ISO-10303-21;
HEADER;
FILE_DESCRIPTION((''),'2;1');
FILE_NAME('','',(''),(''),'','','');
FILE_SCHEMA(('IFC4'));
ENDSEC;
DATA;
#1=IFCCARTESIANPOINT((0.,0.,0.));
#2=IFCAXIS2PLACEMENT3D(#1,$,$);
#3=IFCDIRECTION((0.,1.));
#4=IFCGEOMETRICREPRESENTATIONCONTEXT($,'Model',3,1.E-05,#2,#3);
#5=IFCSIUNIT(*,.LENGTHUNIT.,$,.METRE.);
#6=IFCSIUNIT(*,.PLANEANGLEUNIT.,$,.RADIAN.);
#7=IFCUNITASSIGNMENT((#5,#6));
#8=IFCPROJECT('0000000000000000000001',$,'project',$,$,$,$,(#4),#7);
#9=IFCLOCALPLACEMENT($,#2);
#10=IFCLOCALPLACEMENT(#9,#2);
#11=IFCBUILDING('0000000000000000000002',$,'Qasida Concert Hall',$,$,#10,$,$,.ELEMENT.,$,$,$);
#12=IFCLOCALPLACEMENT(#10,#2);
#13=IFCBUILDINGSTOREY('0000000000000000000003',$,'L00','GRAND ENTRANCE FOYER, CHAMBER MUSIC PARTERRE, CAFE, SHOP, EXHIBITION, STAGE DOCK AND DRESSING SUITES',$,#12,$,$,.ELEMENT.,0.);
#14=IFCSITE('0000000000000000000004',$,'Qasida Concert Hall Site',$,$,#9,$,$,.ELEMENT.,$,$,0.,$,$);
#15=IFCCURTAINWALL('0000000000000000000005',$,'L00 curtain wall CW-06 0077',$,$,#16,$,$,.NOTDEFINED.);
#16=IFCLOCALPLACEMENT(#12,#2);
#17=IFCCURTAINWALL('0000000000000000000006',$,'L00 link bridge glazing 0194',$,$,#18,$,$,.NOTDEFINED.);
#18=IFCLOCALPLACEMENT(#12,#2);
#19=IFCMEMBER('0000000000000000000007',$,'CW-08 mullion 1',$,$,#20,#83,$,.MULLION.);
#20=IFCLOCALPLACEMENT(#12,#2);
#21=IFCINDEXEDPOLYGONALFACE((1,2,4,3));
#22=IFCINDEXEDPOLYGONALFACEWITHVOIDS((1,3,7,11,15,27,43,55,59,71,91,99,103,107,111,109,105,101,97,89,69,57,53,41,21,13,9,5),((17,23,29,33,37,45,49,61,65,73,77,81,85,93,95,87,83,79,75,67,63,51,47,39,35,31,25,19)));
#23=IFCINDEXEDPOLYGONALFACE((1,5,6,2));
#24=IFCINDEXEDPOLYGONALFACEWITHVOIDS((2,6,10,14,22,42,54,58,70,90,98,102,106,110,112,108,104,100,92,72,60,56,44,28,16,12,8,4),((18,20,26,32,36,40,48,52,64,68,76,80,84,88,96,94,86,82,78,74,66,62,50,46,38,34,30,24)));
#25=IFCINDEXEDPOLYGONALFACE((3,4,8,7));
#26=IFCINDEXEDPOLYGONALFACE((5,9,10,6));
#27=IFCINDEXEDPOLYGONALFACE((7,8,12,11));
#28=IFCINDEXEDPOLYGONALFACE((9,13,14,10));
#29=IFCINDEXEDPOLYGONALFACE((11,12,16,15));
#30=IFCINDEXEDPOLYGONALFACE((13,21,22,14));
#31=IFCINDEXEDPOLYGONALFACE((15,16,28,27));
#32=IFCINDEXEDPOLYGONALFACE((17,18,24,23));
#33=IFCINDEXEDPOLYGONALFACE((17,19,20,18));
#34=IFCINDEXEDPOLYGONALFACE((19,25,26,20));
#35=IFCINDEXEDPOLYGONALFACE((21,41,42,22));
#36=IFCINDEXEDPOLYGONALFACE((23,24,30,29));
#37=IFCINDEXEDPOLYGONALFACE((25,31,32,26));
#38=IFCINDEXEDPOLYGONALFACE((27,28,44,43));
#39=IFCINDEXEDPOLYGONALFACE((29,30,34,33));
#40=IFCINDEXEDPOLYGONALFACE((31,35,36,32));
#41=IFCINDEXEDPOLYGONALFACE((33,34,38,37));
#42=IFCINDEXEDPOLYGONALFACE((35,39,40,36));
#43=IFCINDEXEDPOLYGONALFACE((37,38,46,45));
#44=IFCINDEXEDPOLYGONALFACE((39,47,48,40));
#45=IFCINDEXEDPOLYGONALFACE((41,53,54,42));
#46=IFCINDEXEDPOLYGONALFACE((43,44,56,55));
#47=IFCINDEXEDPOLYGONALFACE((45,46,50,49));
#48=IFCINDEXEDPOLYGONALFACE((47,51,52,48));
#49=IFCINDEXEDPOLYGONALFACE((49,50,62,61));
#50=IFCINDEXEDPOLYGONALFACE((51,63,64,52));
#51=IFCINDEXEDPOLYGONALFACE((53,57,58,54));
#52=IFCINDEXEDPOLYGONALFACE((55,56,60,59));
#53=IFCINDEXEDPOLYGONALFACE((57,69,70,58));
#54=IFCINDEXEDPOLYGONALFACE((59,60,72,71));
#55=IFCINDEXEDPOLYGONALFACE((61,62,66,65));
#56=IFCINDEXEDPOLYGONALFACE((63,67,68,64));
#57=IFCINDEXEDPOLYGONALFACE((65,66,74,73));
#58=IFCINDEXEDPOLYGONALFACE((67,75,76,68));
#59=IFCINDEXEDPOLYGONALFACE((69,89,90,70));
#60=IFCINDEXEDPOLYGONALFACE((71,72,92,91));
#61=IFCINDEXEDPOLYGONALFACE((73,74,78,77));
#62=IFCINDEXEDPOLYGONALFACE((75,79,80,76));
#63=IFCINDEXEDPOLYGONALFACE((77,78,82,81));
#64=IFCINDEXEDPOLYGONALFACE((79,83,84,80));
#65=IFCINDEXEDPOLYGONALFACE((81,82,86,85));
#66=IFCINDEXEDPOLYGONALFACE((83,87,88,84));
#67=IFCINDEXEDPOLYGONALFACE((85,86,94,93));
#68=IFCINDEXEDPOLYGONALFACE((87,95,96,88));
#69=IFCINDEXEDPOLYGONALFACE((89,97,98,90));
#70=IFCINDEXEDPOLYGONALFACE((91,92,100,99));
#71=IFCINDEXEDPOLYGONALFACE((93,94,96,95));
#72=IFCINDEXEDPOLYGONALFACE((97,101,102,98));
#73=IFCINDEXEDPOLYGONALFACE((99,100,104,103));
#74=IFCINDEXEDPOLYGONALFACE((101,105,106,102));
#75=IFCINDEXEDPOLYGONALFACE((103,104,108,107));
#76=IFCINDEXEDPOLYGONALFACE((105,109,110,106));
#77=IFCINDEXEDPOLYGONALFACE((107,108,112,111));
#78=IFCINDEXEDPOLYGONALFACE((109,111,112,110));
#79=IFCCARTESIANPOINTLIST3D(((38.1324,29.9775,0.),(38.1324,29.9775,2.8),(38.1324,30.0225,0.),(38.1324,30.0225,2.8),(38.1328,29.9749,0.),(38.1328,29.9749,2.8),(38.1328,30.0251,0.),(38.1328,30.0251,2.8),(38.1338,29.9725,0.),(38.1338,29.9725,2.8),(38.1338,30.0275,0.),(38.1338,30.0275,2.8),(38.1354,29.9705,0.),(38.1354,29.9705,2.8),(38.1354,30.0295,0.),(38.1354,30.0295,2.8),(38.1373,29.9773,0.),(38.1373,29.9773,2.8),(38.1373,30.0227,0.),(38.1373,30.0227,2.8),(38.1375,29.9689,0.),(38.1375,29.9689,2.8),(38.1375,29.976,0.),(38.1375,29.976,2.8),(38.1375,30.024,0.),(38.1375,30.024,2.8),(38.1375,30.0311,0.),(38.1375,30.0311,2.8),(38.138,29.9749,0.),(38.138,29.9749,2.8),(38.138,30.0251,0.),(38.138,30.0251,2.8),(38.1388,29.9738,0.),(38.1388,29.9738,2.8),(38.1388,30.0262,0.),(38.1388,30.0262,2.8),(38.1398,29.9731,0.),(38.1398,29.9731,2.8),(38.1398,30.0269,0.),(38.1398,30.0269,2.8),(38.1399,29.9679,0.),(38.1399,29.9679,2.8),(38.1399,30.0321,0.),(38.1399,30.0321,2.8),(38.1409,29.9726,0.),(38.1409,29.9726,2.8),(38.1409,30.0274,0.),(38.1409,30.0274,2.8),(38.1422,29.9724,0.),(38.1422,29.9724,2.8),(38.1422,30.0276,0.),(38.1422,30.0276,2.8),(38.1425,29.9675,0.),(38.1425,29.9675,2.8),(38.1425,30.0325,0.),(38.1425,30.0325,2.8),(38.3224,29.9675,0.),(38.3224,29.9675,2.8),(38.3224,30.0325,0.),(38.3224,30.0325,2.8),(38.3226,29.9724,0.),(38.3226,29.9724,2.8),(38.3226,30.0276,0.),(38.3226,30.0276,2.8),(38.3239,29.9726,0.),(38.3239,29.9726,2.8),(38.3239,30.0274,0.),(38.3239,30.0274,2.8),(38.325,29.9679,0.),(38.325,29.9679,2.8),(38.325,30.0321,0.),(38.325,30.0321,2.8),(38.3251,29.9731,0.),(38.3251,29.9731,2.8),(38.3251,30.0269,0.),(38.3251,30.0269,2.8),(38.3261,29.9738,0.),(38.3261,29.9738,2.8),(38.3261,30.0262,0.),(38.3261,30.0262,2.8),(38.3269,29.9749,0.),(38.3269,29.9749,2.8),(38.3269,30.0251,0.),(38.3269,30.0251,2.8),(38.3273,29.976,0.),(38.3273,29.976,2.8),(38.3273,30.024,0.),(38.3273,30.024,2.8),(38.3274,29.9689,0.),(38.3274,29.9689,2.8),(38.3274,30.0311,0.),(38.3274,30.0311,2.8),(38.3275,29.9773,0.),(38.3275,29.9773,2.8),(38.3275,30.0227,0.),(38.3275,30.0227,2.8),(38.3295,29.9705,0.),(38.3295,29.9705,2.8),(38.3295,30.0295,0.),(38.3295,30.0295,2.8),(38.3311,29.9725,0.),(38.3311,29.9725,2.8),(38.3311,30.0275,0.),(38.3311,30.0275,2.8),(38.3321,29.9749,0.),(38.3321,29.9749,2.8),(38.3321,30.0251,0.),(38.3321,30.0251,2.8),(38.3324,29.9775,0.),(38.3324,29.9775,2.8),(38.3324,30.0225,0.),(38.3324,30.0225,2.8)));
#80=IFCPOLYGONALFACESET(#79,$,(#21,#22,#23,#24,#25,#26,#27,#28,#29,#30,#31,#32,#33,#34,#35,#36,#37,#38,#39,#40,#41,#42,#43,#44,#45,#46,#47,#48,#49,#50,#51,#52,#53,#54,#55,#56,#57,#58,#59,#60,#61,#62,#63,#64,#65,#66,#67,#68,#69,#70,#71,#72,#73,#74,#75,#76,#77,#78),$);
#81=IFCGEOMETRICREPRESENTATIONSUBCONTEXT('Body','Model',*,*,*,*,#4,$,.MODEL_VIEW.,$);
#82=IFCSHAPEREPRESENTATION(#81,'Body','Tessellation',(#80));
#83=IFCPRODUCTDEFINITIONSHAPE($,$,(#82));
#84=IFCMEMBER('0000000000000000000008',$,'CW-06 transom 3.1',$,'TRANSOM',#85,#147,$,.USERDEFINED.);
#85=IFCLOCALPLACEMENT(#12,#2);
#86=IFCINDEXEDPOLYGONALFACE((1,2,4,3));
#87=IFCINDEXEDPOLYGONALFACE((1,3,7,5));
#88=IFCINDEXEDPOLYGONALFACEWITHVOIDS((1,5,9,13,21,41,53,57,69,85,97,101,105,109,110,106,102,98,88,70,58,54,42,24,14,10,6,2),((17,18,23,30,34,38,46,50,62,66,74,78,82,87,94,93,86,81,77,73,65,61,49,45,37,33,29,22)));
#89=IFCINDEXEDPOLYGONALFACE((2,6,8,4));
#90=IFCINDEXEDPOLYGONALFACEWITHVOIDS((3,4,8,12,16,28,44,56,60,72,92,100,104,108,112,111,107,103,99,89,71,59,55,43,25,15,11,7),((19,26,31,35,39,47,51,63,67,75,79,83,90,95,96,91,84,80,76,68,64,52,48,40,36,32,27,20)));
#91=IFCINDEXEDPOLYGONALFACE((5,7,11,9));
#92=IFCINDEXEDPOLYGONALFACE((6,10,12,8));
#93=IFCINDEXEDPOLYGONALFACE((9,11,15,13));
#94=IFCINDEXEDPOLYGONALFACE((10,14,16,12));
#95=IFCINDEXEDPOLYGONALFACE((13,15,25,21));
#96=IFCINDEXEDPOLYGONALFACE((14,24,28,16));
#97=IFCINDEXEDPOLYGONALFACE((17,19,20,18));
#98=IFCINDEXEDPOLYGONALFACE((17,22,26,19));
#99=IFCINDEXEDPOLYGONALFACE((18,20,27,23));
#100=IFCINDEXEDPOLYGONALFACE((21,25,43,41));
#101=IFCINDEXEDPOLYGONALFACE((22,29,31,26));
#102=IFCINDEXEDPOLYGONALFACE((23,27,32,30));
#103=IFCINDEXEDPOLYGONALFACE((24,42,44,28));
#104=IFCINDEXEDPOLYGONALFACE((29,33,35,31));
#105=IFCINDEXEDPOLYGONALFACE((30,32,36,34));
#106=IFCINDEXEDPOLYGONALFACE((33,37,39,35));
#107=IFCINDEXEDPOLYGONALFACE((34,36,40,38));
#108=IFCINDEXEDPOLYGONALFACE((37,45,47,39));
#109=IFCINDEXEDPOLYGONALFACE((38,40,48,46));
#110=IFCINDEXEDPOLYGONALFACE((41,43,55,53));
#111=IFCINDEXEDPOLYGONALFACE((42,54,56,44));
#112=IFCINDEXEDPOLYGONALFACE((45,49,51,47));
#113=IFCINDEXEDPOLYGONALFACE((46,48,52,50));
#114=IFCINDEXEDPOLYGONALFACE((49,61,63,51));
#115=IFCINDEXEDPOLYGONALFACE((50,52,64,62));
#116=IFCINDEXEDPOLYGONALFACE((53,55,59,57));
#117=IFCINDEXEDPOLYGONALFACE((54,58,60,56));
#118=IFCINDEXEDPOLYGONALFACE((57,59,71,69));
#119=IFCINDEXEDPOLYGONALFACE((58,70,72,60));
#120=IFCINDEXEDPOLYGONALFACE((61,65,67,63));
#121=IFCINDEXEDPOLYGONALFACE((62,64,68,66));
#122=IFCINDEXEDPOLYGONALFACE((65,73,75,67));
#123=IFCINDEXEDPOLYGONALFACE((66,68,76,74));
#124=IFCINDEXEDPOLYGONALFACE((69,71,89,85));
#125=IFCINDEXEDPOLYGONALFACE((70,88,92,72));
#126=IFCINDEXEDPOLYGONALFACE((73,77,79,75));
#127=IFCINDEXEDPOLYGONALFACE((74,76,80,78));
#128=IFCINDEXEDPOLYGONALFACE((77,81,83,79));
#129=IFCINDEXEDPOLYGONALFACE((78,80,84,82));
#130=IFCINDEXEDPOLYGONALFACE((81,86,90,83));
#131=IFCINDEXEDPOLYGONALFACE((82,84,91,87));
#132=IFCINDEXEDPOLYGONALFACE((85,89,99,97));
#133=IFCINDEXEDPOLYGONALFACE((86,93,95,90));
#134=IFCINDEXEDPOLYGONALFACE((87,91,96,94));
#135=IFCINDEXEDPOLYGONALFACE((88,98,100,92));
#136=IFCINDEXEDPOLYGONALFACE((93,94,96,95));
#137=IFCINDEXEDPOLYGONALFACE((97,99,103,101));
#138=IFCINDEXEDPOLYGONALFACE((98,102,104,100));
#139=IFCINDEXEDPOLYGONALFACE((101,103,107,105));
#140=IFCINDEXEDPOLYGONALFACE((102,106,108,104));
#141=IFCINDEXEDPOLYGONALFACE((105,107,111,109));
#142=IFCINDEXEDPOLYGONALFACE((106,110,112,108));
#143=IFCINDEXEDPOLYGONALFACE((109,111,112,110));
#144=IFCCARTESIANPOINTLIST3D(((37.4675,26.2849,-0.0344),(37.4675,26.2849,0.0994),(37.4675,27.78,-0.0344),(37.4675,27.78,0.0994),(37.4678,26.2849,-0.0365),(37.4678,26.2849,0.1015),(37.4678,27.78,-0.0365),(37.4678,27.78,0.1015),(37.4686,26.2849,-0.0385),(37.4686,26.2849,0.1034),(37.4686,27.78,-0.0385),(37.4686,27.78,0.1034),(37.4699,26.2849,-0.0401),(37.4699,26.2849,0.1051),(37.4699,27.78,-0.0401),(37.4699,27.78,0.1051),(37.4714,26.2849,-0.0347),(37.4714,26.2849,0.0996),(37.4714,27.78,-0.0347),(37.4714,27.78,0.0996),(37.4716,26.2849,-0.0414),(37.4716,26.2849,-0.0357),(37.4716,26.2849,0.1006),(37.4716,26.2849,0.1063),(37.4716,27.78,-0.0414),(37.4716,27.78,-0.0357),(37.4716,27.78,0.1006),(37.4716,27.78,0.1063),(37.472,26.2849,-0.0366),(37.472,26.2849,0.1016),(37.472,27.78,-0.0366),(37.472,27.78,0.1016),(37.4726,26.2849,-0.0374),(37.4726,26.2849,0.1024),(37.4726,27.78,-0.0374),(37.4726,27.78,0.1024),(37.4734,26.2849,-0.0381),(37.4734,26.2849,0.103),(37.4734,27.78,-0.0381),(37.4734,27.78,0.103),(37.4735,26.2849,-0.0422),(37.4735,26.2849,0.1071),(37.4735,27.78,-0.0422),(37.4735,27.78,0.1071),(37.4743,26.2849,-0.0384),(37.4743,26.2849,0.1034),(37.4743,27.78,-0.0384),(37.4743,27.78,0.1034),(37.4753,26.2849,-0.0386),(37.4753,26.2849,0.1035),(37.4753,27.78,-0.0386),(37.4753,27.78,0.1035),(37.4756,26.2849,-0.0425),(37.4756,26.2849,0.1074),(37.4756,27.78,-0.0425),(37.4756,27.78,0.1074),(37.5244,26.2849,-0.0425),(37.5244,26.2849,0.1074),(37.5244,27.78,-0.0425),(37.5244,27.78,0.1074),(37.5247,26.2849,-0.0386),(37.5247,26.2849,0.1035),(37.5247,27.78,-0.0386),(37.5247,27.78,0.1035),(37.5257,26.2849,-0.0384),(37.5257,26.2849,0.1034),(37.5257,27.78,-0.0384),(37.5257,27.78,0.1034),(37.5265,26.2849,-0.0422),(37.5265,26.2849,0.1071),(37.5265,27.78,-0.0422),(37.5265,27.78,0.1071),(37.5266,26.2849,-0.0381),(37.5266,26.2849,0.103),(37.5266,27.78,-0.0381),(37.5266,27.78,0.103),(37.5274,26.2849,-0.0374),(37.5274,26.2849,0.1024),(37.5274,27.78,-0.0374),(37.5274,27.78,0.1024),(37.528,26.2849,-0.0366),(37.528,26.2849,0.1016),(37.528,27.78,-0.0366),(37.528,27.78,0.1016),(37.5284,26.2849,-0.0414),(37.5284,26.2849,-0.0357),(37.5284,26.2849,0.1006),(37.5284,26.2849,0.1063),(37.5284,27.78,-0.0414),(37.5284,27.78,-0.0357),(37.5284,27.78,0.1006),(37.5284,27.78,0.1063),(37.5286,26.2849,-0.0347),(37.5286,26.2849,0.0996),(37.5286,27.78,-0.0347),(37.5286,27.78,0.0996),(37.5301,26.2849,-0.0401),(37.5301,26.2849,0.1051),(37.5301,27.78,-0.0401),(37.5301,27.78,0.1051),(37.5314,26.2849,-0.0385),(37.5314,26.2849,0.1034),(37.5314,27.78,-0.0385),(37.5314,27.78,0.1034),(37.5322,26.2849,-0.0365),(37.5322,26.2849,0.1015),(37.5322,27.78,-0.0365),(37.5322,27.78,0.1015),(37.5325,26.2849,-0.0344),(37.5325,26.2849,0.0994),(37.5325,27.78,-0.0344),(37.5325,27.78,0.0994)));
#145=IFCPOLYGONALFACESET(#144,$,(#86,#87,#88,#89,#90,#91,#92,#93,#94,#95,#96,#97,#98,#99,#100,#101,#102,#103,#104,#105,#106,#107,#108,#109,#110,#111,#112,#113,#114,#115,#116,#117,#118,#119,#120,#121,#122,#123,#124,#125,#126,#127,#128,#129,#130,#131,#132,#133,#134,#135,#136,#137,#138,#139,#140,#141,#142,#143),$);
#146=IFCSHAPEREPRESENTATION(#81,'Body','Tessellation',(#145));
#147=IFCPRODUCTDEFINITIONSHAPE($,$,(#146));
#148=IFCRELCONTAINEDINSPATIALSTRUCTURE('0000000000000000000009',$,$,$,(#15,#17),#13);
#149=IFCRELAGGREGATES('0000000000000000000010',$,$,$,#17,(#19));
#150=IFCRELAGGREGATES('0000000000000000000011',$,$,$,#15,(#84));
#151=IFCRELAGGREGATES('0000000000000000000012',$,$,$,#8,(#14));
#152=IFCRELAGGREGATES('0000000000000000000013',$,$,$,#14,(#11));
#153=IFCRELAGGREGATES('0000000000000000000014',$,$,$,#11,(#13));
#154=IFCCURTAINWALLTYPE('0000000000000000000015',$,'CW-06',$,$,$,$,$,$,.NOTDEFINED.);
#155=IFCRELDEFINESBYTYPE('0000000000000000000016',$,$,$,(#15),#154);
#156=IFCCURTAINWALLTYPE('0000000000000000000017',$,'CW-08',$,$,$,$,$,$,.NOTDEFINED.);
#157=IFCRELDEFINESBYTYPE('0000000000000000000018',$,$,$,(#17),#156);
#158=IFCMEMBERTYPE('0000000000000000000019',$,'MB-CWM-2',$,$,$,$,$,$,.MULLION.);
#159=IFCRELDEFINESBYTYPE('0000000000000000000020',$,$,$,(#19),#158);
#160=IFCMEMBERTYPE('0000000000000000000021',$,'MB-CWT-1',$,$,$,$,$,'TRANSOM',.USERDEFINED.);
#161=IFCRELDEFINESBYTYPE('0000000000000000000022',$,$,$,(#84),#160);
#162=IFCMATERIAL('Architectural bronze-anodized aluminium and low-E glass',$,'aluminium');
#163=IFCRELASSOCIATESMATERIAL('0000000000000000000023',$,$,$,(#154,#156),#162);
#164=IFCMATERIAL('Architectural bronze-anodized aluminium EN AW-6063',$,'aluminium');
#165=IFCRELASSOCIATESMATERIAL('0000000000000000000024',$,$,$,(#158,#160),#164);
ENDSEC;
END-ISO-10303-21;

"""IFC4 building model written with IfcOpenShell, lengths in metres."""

from ifc_helpers import new_model, si_unit, direction, frame, origin, origin_2d, place, context, subcontext, project, spatial, hollow_rectangle, extrude, material, material_profile, profile_set, type_object, element, aggregate, save


model = new_model("IFC4")

# Units and contexts
model_context = context("Model", 3, precision=1e-05, world=origin(), true_north=direction((0.0, 1.0)))
body_context = subcontext(model_context, "Body", "Model", "MODEL_VIEW")
ifc_project = project(units=[si_unit("LENGTHUNIT", "METRE"), si_unit("PLANEANGLEUNIT", "RADIAN")], contexts=[model_context])

# Site, building, storey
site_placement = place(None, origin())
site = spatial("IfcSite", under=ifc_project, at=site_placement, Name="Qasida Concert Hall Site", CompositionType="ELEMENT", RefElevation=0.0)
building_placement = place(site_placement, origin())
building = spatial("IfcBuilding", under=site, at=building_placement, Name="Qasida Concert Hall", CompositionType="ELEMENT")
storey_placement = place(building_placement, origin())
storey = spatial("IfcBuildingStorey", under=building, at=storey_placement, Name="L00", Description="GRAND ENTRANCE FOYER, CHAMBER MUSIC PARTERRE, CAFE, SHOP, EXHIBITION, STAGE DOCK AND DRESSING SUITES", CompositionType="ELEMENT", Elevation=0.0)

# Curtain wall
ifc_material_1 = material(Name="Architectural bronze-anodized aluminium and low-E glass", Category="aluminium")
curtain_wall_type_1 = type_object("IfcCurtainWallType", Name="CW-06", PredefinedType="NOTDEFINED", material=ifc_material_1)
curtain_wall_1_placement = place(storey_placement, origin())
curtain_wall_1 = element("IfcCurtainWall", 1, at=curtain_wall_1_placement, inside=storey, type_object=curtain_wall_type_1, Name="L00 curtain wall CW-06 0077", PredefinedType="NOTDEFINED")
ifc_material_2 = material(Name="Architectural bronze-anodized aluminium EN AW-6063", Category="aluminium")

# Curtain wall, member
curtain_wall_type_2 = type_object("IfcCurtainWallType", Name="CW-08", PredefinedType="NOTDEFINED", material=ifc_material_1)
curtain_wall_2_placement = place(storey_placement, origin())
curtain_wall_2 = element("IfcCurtainWall", 2, at=curtain_wall_2_placement, inside=storey, type_object=curtain_wall_type_2, Name="L00 link bridge glazing 0194", PredefinedType="NOTDEFINED")
ifc_material_profile_1 = material_profile(ifc_material_2, hollow_rectangle(XDim=0.0649, YDim=0.2, WallThickness=0.0049, InnerFilletRadius=0.0049, OuterFilletRadius=0.01, at=origin_2d()), Name="CWM 200x65x5")
ifc_profile_set_1 = profile_set([ifc_material_profile_1], Name="Architectural bronze-anodized aluminium EN AW-6063")
member_type_1 = type_object("IfcMemberType", Name="MB-CWM-2", PredefinedType="MULLION", material=ifc_profile_set_1)
member_1_placement = place(storey_placement, frame((38.2324, 30.0, 0.0), z_axis=(0.0, 0.0, 1.0), x_axis=(0.0, 1.0, 0.0)))
member_1 = element("IfcMember", 3, at=member_1_placement, type_object=member_type_1, Name="CW-08 mullion 1", PredefinedType="MULLION", context=body_context, shape_type="SweptSolid", body=[
    extrude(hollow_rectangle(XDim=0.0649, YDim=0.2, WallThickness=0.0049, InnerFilletRadius=0.0049, OuterFilletRadius=0.01, at=origin_2d()), origin(), (0.0, 0.0, 1.0), 2.8),
])

# Member
ifc_material_profile_2 = material_profile(ifc_material_2, hollow_rectangle(XDim=0.0649, YDim=0.1499, WallThickness=0.0039, InnerFilletRadius=0.0039, OuterFilletRadius=0.0081, at=origin_2d()), Name="CWT 150x65x4")
ifc_profile_set_2 = profile_set([ifc_material_profile_2], Name="Architectural bronze-anodized aluminium EN AW-6063")
member_type_2 = type_object("IfcMemberType", Name="MB-CWT-1", ElementType="TRANSOM", PredefinedType="USERDEFINED", material=ifc_profile_set_2)
member_2_placement = place(storey_placement, frame((37.5, 26.2849, 0.0325), z_axis=(0.0, 1.0, 0.0), x_axis=(-1.0, 0.0, 0.0)))
member_2 = element("IfcMember", 4, at=member_2_placement, type_object=member_type_2, Name="CW-06 transom 3.1", ObjectType="TRANSOM", PredefinedType="USERDEFINED", context=body_context, shape_type="SweptSolid", body=[
    extrude(hollow_rectangle(XDim=0.0649, YDim=0.1499, WallThickness=0.0039, InnerFilletRadius=0.0039, OuterFilletRadius=0.0081, at=origin_2d()), origin(), (0.0, 0.0, 1.0), 1.4951),
])
aggregate(curtain_wall_2, [member_1])

aggregate(curtain_wall_1, [member_2])

save(model, "model.ifc")
